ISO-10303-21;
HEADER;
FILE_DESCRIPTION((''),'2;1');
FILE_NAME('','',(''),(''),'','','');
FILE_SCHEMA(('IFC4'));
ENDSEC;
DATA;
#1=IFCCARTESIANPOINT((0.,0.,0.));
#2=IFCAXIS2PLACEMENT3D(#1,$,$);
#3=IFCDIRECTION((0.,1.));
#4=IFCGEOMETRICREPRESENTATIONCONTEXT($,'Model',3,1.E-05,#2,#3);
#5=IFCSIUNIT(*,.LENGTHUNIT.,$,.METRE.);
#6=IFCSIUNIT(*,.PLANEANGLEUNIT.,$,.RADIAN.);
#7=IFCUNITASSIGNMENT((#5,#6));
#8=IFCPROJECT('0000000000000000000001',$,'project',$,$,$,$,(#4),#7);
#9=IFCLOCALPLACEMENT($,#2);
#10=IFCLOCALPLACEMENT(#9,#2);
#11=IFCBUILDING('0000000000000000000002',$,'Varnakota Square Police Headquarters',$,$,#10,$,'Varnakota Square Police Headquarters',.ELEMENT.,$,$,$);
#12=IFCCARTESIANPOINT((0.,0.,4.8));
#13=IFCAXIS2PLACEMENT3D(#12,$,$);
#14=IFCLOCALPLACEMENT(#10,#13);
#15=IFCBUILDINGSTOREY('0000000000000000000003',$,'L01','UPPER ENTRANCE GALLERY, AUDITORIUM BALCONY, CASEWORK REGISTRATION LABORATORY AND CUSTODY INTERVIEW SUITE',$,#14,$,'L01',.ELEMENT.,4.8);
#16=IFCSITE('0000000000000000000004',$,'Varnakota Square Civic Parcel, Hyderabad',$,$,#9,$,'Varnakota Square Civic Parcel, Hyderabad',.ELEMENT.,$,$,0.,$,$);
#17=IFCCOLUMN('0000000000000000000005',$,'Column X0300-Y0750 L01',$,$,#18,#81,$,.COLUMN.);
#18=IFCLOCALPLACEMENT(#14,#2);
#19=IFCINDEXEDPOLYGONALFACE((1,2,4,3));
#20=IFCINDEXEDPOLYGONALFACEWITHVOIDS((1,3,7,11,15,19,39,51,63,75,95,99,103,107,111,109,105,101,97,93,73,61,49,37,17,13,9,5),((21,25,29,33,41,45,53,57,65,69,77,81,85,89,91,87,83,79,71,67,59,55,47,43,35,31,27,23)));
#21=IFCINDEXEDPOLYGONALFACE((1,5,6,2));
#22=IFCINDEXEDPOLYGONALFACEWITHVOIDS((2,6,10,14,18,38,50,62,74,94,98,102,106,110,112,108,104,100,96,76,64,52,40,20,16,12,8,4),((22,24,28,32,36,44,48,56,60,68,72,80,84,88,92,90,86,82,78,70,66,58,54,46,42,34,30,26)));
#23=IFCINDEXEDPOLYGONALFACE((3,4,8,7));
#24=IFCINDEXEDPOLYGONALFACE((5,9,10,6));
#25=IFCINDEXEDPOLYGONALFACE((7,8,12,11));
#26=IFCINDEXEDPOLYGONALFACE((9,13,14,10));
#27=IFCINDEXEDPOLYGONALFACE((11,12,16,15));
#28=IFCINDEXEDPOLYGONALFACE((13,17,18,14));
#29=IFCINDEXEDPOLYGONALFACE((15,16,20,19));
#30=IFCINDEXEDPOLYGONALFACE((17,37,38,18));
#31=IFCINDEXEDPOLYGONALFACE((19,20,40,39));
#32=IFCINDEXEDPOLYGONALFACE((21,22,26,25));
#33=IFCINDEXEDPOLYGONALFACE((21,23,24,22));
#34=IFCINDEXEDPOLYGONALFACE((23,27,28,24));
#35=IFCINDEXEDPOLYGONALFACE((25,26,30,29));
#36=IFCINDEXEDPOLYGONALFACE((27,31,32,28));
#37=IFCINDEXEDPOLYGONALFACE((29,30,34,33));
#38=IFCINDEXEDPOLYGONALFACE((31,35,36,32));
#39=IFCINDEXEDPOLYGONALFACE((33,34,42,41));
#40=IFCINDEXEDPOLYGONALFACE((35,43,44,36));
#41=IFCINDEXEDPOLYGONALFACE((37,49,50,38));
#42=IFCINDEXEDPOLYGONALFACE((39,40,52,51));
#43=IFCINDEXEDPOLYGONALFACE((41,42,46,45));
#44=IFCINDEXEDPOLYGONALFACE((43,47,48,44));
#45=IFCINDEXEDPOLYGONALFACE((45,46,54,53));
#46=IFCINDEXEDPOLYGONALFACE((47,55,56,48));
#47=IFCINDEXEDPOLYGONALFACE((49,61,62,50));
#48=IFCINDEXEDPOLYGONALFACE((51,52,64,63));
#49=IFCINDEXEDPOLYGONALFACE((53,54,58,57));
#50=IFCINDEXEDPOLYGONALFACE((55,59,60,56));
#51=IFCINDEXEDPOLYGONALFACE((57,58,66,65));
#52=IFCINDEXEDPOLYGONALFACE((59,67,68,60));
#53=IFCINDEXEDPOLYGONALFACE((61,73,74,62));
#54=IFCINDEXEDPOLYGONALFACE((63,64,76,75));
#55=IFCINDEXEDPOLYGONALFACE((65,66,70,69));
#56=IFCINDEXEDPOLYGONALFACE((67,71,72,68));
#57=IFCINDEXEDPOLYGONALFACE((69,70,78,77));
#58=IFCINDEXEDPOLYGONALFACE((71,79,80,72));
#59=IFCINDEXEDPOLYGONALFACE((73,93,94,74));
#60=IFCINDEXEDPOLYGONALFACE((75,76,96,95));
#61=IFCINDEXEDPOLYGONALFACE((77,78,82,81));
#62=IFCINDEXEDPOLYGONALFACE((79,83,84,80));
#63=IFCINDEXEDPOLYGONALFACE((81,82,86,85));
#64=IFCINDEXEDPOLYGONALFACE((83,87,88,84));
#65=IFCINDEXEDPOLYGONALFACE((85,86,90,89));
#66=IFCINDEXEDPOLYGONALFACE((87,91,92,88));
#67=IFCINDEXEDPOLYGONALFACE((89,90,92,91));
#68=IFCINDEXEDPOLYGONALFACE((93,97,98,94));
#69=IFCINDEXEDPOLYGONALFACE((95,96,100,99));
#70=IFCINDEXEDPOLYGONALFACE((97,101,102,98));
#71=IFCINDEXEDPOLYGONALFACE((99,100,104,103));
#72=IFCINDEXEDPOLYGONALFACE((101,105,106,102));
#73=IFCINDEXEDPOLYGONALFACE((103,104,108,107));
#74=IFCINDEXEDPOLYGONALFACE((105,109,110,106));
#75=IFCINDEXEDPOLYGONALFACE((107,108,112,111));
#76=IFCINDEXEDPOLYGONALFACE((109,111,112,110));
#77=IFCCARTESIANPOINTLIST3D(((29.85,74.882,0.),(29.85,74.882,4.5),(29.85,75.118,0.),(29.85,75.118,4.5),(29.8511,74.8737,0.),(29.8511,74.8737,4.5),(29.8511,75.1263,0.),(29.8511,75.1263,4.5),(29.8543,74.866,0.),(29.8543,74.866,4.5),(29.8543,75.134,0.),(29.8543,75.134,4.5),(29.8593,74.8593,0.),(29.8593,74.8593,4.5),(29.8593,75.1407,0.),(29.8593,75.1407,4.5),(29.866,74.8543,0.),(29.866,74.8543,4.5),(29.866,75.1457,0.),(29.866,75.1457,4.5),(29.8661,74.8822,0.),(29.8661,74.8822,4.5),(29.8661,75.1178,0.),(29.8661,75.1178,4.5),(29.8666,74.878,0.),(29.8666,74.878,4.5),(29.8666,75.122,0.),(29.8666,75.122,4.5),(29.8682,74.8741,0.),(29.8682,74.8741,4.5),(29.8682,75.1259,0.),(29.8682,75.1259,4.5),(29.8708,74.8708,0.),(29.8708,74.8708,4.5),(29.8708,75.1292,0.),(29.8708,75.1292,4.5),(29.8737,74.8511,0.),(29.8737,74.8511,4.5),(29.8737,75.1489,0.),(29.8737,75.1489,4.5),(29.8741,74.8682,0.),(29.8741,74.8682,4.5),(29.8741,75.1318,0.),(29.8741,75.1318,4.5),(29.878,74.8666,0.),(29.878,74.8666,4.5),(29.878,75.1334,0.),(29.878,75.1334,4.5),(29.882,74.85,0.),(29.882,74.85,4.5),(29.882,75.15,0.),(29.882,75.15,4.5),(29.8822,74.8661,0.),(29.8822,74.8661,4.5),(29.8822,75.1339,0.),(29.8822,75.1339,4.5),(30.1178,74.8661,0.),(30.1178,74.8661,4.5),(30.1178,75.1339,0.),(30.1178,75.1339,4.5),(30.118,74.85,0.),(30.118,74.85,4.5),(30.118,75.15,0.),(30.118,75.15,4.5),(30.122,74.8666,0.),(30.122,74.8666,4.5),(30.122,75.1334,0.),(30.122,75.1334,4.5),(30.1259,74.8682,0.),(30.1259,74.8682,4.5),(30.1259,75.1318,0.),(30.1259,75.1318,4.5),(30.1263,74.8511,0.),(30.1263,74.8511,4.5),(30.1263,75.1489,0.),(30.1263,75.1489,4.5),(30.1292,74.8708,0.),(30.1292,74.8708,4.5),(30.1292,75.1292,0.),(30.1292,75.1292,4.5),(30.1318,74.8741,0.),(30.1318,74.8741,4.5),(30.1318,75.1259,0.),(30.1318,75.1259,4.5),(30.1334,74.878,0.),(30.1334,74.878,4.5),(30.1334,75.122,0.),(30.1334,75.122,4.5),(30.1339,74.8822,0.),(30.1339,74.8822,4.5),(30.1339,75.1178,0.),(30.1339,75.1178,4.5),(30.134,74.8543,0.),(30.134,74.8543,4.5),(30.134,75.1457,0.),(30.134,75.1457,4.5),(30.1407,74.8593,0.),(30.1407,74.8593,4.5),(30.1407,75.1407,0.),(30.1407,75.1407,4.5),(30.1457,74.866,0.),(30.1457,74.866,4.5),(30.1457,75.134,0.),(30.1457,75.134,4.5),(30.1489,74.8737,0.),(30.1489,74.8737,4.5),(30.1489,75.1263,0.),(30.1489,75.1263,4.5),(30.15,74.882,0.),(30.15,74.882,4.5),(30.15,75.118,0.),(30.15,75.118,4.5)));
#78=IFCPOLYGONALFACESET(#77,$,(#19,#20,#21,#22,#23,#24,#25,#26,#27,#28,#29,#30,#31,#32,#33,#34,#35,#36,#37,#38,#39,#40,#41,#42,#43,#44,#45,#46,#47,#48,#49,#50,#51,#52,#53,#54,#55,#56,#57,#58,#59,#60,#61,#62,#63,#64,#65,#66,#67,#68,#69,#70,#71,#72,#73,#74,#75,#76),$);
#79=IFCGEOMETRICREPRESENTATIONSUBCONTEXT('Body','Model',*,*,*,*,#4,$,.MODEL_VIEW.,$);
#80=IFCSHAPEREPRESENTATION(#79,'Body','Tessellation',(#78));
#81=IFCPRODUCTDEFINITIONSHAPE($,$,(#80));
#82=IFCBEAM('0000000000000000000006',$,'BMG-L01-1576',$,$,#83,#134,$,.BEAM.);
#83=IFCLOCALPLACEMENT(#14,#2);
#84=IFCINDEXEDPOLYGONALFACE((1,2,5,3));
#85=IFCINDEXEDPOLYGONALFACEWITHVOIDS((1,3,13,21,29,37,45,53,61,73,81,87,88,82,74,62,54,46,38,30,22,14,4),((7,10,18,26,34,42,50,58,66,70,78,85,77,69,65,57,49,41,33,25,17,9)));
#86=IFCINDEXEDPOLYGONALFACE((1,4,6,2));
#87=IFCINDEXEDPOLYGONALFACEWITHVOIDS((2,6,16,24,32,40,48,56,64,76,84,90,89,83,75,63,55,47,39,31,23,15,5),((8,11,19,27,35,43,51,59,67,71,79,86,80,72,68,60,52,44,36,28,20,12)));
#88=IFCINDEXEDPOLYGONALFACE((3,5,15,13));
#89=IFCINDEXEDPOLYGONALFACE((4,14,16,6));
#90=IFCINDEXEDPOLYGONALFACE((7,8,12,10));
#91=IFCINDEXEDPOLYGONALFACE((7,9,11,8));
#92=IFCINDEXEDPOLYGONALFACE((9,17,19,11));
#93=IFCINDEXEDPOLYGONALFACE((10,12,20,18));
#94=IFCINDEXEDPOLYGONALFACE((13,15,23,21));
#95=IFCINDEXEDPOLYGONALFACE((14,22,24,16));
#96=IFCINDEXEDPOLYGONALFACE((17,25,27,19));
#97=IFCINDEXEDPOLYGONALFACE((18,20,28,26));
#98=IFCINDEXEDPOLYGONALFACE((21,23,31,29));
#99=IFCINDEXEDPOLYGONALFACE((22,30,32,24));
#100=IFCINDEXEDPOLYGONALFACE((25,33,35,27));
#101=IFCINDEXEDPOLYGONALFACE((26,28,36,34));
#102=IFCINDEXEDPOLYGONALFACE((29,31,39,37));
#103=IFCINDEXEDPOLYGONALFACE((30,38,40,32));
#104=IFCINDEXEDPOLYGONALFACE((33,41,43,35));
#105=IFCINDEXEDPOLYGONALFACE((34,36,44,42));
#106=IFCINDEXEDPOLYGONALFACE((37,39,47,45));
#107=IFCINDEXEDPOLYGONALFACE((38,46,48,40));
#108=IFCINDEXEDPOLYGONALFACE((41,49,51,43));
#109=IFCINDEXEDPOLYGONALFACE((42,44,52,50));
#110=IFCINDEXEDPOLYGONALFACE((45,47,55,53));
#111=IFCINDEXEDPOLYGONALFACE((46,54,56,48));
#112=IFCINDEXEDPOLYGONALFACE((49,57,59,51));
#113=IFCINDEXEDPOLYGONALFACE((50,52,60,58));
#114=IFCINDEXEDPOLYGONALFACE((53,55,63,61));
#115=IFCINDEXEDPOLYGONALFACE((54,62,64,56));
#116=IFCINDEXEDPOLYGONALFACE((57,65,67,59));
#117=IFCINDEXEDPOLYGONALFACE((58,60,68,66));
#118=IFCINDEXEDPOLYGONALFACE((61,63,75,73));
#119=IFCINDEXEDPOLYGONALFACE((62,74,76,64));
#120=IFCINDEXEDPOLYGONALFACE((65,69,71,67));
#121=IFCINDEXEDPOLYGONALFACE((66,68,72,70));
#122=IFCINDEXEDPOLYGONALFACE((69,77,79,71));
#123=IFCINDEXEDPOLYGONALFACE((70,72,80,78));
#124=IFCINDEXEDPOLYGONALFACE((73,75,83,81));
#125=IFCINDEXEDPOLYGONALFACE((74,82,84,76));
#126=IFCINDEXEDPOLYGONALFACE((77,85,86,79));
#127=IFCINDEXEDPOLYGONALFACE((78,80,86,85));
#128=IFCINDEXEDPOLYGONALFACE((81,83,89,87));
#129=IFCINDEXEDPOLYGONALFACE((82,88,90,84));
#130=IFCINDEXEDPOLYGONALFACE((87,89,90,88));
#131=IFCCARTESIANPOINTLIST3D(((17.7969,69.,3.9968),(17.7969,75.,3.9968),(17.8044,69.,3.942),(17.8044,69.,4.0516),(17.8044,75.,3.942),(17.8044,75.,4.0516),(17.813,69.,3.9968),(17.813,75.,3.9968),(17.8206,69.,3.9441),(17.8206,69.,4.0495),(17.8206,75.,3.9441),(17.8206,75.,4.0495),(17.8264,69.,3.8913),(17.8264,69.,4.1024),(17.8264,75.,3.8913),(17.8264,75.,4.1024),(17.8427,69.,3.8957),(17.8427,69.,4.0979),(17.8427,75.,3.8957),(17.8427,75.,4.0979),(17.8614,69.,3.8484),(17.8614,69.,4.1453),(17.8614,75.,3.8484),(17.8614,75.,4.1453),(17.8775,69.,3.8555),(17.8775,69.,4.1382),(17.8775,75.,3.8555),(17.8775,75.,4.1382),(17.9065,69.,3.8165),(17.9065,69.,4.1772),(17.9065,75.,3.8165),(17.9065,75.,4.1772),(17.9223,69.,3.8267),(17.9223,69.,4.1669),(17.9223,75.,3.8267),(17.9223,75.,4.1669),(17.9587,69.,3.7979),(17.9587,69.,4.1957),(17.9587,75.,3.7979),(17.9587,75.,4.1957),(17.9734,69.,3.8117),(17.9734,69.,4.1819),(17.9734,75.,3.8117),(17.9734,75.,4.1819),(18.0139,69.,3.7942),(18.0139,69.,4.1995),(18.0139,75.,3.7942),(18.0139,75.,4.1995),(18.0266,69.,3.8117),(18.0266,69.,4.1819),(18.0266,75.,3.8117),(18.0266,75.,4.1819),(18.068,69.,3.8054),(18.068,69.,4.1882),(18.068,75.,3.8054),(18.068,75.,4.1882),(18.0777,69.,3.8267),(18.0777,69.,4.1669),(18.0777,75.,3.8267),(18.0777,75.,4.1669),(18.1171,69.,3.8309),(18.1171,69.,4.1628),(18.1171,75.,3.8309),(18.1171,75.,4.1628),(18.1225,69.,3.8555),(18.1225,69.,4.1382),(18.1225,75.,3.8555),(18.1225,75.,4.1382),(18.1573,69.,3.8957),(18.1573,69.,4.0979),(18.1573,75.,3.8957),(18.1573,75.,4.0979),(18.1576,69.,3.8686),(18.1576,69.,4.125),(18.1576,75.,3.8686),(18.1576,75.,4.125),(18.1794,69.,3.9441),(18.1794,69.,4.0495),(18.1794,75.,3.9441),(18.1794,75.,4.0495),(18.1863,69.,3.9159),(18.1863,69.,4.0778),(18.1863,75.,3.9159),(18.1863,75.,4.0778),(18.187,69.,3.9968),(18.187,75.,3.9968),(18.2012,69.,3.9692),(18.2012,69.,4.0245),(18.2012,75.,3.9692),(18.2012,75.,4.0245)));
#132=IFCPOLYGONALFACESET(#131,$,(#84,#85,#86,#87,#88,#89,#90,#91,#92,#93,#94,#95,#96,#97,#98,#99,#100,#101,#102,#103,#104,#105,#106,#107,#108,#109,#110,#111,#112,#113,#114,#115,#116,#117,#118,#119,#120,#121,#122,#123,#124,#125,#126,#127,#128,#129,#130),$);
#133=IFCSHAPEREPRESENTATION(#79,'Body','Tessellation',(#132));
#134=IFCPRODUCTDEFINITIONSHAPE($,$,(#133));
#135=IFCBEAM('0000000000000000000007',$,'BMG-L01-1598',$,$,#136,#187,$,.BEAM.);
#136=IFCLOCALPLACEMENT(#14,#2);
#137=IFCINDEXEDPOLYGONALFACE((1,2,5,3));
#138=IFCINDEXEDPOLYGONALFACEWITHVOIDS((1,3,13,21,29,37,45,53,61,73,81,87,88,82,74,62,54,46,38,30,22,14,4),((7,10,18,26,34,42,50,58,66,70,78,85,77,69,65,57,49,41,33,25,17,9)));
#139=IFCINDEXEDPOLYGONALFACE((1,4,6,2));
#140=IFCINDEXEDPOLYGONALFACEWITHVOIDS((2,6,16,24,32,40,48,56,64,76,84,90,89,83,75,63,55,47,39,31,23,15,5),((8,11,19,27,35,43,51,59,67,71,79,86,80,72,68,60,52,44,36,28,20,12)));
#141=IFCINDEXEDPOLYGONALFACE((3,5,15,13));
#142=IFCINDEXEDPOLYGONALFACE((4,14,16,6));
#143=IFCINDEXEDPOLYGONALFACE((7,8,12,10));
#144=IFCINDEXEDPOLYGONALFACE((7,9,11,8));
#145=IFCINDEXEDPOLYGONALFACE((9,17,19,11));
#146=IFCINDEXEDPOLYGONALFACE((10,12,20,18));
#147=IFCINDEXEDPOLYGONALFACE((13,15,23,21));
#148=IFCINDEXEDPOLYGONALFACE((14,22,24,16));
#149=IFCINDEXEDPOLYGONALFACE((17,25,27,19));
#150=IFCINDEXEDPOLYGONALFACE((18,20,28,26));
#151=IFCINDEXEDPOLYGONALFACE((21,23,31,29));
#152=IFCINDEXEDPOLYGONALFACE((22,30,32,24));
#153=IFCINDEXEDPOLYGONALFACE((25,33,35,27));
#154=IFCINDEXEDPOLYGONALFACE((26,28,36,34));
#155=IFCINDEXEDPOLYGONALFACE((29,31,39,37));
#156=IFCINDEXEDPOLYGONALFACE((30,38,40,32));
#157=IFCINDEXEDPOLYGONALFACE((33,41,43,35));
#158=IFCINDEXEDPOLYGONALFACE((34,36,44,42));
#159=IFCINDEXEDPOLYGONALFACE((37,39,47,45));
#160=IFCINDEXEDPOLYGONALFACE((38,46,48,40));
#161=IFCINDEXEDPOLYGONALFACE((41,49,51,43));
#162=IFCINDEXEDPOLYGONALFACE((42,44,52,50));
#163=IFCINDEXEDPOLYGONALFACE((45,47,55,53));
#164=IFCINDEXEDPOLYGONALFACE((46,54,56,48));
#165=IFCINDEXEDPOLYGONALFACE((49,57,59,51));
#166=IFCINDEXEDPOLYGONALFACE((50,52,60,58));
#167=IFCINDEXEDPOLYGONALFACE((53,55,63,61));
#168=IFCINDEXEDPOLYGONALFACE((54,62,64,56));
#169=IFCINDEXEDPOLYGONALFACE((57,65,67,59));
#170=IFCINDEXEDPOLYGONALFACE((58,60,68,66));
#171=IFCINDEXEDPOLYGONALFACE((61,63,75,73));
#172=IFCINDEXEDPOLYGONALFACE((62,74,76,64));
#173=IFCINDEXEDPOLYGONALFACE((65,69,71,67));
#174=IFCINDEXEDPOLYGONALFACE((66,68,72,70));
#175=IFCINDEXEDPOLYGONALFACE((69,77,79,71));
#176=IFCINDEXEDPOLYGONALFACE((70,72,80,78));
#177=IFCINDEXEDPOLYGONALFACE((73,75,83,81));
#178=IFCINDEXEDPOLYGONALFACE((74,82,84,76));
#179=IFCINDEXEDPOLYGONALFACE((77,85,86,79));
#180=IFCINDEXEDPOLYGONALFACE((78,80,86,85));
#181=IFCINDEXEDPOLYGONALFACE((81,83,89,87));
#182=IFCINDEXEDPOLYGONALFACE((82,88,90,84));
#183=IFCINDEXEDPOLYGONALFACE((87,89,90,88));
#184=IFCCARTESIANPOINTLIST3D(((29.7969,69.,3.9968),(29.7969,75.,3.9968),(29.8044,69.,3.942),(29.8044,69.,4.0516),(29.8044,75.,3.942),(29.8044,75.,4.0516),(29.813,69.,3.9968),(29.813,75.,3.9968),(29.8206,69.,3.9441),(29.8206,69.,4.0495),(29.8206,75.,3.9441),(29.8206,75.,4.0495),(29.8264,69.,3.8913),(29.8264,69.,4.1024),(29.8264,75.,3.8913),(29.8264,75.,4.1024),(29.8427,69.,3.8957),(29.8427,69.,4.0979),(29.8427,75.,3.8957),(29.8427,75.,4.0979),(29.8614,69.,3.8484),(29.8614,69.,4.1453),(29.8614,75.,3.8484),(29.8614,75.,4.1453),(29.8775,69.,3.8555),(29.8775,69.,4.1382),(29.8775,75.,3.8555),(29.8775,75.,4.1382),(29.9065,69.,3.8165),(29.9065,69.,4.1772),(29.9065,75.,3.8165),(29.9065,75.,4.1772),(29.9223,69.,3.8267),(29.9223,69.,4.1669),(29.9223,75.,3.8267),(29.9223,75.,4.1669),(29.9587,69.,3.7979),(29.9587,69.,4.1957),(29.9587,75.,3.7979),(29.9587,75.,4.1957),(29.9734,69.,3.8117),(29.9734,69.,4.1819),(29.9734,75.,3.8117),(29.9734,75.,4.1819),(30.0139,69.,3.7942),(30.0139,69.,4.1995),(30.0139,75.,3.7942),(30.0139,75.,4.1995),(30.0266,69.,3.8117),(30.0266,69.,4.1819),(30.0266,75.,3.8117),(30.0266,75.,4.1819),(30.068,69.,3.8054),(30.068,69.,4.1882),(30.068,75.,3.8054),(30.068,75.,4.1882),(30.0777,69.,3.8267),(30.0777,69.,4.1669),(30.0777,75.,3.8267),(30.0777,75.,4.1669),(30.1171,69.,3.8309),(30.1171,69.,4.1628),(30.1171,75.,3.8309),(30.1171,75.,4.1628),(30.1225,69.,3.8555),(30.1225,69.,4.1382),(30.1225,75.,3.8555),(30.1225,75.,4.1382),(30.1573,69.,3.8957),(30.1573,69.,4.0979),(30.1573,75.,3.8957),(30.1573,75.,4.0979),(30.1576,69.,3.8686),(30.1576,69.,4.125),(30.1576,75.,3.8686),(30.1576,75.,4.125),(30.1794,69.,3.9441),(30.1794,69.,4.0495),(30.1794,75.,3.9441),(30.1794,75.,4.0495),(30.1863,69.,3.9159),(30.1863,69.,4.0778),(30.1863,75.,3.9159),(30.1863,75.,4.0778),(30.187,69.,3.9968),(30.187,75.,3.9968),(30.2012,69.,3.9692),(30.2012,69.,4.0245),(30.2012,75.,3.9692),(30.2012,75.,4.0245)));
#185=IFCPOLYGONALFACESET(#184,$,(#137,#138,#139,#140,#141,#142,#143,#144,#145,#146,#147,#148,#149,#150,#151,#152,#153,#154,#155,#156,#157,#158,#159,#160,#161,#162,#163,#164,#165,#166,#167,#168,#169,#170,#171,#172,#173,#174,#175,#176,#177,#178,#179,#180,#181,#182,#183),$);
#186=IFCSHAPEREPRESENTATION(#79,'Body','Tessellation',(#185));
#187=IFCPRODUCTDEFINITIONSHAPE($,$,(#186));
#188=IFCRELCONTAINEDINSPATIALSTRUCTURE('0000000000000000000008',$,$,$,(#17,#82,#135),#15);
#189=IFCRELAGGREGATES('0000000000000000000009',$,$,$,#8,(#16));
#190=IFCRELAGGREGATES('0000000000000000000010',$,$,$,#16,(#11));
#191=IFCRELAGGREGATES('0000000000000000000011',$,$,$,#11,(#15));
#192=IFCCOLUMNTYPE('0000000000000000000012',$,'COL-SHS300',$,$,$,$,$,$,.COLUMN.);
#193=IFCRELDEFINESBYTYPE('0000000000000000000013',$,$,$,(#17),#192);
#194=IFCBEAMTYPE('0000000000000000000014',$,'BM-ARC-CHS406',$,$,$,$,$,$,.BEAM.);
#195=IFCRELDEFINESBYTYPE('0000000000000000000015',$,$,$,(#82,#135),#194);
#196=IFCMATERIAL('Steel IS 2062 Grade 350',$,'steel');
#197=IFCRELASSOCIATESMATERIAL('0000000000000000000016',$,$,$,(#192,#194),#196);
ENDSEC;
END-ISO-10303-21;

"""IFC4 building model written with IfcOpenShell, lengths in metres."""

from ifc_helpers import new_model, si_unit, direction, frame, origin, origin_2d, place, context, subcontext, project, spatial, hollow_rectangle, hollow_circle, extrude, material, material_profile, profile_set, type_object, element, save


model = new_model("IFC4")

# Units and contexts
model_context = context("Model", 3, precision=1e-05, world=origin(), true_north=direction((0.0, 1.0)))
body_context = subcontext(model_context, "Body", "Model", "MODEL_VIEW")
ifc_project = project(units=[si_unit("LENGTHUNIT", "METRE"), si_unit("PLANEANGLEUNIT", "RADIAN")], contexts=[model_context])

# Site, building, storey
site_placement = place(None, origin())
site = spatial("IfcSite", under=ifc_project, at=site_placement, Name="Varnakota Square Civic Parcel, Hyderabad", LongName="Varnakota Square Civic Parcel, Hyderabad", CompositionType="ELEMENT", RefElevation=0.0)
building_placement = place(site_placement, origin())
building = spatial("IfcBuilding", under=site, at=building_placement, Name="Varnakota Square Police Headquarters", LongName="Varnakota Square Police Headquarters", CompositionType="ELEMENT")
storey_placement = place(building_placement, frame((0.0, 0.0, 4.8)))
storey = spatial("IfcBuildingStorey", under=building, at=storey_placement, Name="L01", Description="UPPER ENTRANCE GALLERY, AUDITORIUM BALCONY, CASEWORK REGISTRATION LABORATORY AND CUSTODY INTERVIEW SUITE", LongName="L01", CompositionType="ELEMENT", Elevation=4.8)

# Column
ifc_material_1 = material(Name="Steel IS 2062 Grade 350", Category="steel")
ifc_material_profile_1 = material_profile(ifc_material_1, hollow_rectangle(XDim=0.3, YDim=0.3, WallThickness=0.0161, InnerFilletRadius=0.0161, OuterFilletRadius=0.032, at=origin_2d()), Name="SHS 300x300x16")
ifc_profile_set_1 = profile_set([ifc_material_profile_1], Name="Steel IS 2062 Grade 350")
column_type_1 = type_object("IfcColumnType", Name="COL-SHS300", PredefinedType="COLUMN", material=ifc_profile_set_1)
for number, where, z_axis, x_axis, name in (
    (1, (30.0, 75.0, 0.0), (0.0, 0.0, 1.0), (1.0, 0.0, 0.0), "Column X0300-Y0750 L01"),
):
    element("IfcColumn", number, at=place(storey_placement, frame(where, z_axis=z_axis, x_axis=x_axis)), inside=storey, type_object=column_type_1, Name=name, PredefinedType="COLUMN", context=body_context, shape_type="SweptSolid", body=[
        extrude(hollow_rectangle(XDim=0.3, YDim=0.3, WallThickness=0.0161, InnerFilletRadius=0.0161, OuterFilletRadius=0.032, at=origin_2d()), origin(), (0.0, 0.0, 1.0), 4.5),
    ])

# Beams
ifc_material_profile_2 = material_profile(ifc_material_1, hollow_circle(Radius=0.2031, WallThickness=0.0161, at=origin_2d()), Name="CHS 406.4x16.0")
ifc_profile_set_2 = profile_set([ifc_material_profile_2], Name="Steel IS 2062 Grade 350")
beam_type_1 = type_object("IfcBeamType", Name="BM-ARC-CHS406", PredefinedType="BEAM", material=ifc_profile_set_2)
for number, where, z_axis, x_axis, name in (
    (2, (18.0, 69.0, 3.9968), (0.0, 1.0, 0.0), (-1.0, 0.0, 0.0), "BMG-L01-1576"),
    (3, (30.0, 69.0, 3.9968), (0.0, 1.0, 0.0), (-1.0, 0.0, 0.0), "BMG-L01-1598"),
):
    element("IfcBeam", number, at=place(storey_placement, frame(where, z_axis=z_axis, x_axis=x_axis)), inside=storey, type_object=beam_type_1, Name=name, PredefinedType="BEAM", context=body_context, shape_type="SweptSolid", body=[
        extrude(hollow_circle(Radius=0.2031, WallThickness=0.0161, at=origin_2d()), origin(), (0.0, 0.0, 1.0), 6.0),
    ])

save(model, "model.ifc")
